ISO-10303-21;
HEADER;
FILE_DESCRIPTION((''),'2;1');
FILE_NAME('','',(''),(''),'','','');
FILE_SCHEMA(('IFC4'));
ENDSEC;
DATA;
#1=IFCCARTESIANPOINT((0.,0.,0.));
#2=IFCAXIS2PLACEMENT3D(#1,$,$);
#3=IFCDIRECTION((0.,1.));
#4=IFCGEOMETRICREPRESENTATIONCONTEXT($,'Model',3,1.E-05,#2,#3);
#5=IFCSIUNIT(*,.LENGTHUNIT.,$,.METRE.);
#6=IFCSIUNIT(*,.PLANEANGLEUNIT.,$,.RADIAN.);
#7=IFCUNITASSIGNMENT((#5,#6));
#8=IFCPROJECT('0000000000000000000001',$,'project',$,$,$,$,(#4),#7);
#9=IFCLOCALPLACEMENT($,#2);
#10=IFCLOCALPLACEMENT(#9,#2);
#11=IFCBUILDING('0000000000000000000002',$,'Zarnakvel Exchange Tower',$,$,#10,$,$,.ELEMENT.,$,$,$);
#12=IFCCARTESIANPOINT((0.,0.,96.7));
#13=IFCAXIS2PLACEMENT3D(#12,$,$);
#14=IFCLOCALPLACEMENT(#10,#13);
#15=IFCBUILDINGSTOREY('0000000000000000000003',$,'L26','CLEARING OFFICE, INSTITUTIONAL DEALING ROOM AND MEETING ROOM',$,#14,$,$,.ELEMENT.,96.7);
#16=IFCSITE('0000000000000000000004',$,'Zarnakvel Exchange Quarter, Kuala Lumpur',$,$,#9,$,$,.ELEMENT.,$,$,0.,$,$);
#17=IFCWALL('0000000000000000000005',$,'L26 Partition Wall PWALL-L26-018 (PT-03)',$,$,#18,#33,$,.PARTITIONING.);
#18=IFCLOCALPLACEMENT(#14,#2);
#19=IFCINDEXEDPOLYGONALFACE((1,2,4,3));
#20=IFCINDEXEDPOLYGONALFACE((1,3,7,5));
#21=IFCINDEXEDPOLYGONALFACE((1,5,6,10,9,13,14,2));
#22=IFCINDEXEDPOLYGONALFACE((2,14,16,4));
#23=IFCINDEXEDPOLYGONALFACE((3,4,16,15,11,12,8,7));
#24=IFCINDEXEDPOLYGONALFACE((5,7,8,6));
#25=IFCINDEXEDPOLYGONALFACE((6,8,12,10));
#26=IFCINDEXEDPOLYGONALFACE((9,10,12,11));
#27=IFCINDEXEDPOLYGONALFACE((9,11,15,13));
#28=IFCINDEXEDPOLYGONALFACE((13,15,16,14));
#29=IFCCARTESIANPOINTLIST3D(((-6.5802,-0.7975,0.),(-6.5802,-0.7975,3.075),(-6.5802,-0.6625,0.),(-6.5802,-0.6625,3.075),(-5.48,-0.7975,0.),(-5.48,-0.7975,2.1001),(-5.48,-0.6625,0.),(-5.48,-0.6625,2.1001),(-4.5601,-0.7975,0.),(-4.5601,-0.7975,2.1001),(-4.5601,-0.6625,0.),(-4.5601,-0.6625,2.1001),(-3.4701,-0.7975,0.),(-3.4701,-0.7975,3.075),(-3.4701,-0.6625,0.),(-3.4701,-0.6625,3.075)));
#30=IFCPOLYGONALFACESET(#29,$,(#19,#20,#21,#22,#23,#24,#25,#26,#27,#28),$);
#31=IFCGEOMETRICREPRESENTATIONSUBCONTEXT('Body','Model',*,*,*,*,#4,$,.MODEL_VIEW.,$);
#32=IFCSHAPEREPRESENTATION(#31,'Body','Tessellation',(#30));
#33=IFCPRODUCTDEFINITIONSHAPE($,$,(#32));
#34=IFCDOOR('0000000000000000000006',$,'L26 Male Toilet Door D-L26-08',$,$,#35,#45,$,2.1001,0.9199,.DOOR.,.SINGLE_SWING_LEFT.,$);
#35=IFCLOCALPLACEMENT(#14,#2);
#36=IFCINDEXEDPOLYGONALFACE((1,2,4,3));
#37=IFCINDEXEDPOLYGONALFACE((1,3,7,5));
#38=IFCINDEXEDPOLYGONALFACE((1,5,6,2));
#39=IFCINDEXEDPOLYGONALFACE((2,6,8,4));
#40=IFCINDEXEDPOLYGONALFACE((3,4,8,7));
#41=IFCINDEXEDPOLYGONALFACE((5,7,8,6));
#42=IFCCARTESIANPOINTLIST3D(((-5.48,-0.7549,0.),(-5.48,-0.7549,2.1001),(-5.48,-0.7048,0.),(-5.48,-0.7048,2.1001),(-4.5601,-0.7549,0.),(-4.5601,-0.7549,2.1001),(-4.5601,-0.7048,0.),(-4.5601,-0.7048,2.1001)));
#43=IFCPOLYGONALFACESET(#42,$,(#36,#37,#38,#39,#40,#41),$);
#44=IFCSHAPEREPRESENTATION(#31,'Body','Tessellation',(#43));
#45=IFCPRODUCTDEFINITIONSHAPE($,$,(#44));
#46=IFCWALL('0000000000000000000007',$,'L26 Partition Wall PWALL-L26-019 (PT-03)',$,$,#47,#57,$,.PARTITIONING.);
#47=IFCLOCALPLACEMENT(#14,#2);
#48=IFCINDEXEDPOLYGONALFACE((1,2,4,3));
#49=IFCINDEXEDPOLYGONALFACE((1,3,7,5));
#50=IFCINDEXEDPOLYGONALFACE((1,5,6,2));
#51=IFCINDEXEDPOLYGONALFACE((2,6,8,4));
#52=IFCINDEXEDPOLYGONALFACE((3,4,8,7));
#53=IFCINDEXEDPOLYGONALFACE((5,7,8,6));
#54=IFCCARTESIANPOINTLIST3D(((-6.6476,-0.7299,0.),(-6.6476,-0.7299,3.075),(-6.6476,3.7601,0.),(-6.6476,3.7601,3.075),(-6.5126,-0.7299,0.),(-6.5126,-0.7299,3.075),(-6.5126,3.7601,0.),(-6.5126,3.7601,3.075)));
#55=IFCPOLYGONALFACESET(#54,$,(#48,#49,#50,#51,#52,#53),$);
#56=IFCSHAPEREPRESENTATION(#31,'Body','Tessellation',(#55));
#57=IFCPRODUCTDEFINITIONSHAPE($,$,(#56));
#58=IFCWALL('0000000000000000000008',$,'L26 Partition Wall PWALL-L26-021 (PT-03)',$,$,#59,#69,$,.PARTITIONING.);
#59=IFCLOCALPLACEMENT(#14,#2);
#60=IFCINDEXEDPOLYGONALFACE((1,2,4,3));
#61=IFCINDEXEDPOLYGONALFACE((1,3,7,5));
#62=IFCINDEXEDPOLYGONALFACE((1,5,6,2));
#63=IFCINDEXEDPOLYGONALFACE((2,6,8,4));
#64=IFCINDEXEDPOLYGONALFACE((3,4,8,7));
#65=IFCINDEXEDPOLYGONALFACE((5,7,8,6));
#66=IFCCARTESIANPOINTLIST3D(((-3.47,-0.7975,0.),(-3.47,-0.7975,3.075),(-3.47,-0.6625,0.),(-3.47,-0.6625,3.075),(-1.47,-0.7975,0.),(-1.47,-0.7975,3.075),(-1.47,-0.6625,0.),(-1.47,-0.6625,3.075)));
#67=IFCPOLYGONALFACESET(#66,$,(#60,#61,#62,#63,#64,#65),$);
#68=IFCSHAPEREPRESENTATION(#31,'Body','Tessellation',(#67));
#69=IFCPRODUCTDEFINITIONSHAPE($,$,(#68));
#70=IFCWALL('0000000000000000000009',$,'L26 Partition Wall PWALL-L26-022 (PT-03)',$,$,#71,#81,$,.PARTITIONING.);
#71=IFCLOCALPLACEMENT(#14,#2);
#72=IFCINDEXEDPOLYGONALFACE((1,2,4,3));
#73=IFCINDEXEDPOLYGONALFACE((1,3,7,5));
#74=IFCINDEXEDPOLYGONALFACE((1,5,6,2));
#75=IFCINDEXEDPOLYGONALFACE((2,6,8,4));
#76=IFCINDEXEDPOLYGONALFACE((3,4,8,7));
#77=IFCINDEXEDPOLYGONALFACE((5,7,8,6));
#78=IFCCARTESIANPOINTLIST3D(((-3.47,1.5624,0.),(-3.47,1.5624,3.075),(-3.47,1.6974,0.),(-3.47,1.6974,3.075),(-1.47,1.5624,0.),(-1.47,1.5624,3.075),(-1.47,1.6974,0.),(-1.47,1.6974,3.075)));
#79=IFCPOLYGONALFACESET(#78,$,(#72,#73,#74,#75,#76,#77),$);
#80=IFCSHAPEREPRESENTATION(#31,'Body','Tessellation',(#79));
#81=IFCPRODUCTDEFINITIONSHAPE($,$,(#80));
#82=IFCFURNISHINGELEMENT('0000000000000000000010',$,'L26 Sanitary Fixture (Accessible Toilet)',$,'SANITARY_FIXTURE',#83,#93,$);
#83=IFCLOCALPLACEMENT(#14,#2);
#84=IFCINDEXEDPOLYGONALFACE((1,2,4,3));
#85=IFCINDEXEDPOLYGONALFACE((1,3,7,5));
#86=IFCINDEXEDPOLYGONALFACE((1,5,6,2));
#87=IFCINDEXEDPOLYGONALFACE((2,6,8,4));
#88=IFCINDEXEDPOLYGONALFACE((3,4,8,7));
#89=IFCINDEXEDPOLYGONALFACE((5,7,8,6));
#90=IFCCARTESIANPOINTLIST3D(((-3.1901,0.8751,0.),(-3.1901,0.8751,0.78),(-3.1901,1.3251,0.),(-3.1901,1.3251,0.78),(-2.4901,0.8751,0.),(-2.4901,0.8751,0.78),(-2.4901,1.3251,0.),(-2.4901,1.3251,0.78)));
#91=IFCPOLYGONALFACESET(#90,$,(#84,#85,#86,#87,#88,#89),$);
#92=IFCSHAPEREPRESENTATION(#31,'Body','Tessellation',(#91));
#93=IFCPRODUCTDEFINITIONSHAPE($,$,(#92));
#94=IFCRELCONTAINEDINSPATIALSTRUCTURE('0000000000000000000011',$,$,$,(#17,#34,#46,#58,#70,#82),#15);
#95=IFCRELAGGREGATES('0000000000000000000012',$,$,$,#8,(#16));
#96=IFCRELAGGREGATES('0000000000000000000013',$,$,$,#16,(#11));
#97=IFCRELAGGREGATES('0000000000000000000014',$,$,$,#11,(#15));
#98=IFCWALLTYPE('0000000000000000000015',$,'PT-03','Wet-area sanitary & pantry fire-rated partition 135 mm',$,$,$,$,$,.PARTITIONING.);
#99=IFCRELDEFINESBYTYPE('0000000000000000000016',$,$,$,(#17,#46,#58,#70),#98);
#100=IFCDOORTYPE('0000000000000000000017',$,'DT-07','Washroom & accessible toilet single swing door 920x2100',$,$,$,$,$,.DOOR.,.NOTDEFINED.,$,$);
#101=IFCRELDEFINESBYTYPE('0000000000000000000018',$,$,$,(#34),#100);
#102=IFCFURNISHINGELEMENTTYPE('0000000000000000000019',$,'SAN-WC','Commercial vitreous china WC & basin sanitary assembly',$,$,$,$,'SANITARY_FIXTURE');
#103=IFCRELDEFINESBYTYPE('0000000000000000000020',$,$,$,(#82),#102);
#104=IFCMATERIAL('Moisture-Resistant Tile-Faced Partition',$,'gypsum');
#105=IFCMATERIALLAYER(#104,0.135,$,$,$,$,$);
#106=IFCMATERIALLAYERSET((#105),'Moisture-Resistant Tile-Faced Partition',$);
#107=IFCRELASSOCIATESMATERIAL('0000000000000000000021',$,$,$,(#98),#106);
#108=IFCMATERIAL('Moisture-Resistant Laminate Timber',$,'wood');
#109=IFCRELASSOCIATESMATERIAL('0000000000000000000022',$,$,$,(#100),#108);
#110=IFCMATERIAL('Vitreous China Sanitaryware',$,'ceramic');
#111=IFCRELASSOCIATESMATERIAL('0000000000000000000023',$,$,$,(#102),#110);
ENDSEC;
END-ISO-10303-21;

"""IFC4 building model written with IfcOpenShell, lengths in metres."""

from ifc_helpers import new_model, si_unit, direction, frame, frame_2d, origin, origin_2d, place, context, subcontext, project, spatial, rectangle, extrude, source, transform, mapped, material, layer, layer_set, type_object, element, fill, save


model = new_model("IFC4")

# Units and contexts
model_context = context("Model", 3, precision=1e-05, world=origin(), true_north=direction((0.0, 1.0)))
body_context = subcontext(model_context, "Body", "Model", "MODEL_VIEW")
ifc_project = project(units=[si_unit("LENGTHUNIT", "METRE"), si_unit("PLANEANGLEUNIT", "RADIAN")], contexts=[model_context])

# Site, building, storey
site_placement = place(None, origin())
site = spatial("IfcSite", under=ifc_project, at=site_placement, Name="Zarnakvel Exchange Quarter, Kuala Lumpur", CompositionType="ELEMENT", RefElevation=0.0)
building_placement = place(site_placement, origin())
building = spatial("IfcBuilding", under=site, at=building_placement, Name="Zarnakvel Exchange Tower", CompositionType="ELEMENT")
storey_placement = place(building_placement, frame((0.0, 0.0, 96.7)))
storey = spatial("IfcBuildingStorey", under=building, at=storey_placement, Name="L26", Description="CLEARING OFFICE, INSTITUTIONAL DEALING ROOM AND MEETING ROOM", CompositionType="ELEMENT", Elevation=96.7)

# Wall, opening, door
ifc_material_1 = material(Name="Moisture-Resistant Tile-Faced Partition", Category="gypsum")
ifc_layer_1 = layer(ifc_material_1, 0.135)
ifc_layer_set_1 = layer_set([ifc_layer_1], Name="Moisture-Resistant Tile-Faced Partition")
wall_type_1 = type_object("IfcWallType", Name="PT-03", Description="Wet-area sanitary & pantry fire-rated partition 135 mm", PredefinedType="PARTITIONING", material=ifc_layer_set_1)
wall_1_placement = place(storey_placement, frame((-3.47, -0.73, 0.0), z_axis=(0.0, 0.0, 1.0), x_axis=(-1.0, 0.0, 0.0)))
wall_1 = element("IfcWall", 1, at=wall_1_placement, inside=storey, type_object=wall_type_1, Name="L26 Partition Wall PWALL-L26-018 (PT-03)", PredefinedType="PARTITIONING", context=body_context, shape_type="SweptSolid", body=[
    extrude(rectangle(XDim=3.1101, YDim=0.135, at=frame_2d((1.5552, 0.0))), origin(), (0.0, 0.0, 1.0), 3.075),
])
opening_1_placement = place(wall_1_placement, frame((1.0901, 0.0, 0.0)))
opening_1 = element("IfcOpeningElement", 2, at=opening_1_placement, cuts=wall_1, PredefinedType="OPENING", context=body_context, shape_type="SweptSolid", body=[
    extrude(rectangle(XDim=0.9199, YDim=2.1001, at=frame_2d((0.46, 1.05))), frame((0.0, 0.0774, 0.0), z_axis=(0.0, -1.0, 0.0), x_axis=(1.0, 0.0, 0.0)), (0.0, 0.0, 1.0), 0.155),
])
ifc_material_2 = material(Name="Moisture-Resistant Laminate Timber", Category="wood")
door_type_1 = type_object("IfcDoorType", Name="DT-07", Description="Washroom & accessible toilet single swing door 920x2100", OperationType="NOTDEFINED", PredefinedType="DOOR", material=ifc_material_2)
shared_shape_1 = source(origin(), body_context, "Body", "SweptSolid", [
    extrude(rectangle(XDim=0.9199, YDim=2.1001, at=frame_2d((0.46, 1.05))), frame((0.0, 0.0249, 0.0), z_axis=(0.0, -1.0, 0.0), x_axis=(1.0, 0.0, 0.0)), (0.0, 0.0, 1.0), 0.05),
])
door_1_placement = place(opening_1_placement, origin())
door_1 = element("IfcDoor", 3, at=door_1_placement, inside=storey, type_object=door_type_1, Name="L26 Male Toilet Door D-L26-08", OperationType="SINGLE_SWING_LEFT", OverallHeight=2.1001, OverallWidth=0.9199, PredefinedType="DOOR", context=body_context, shape_type="MappedRepresentation", body=[
    mapped(shared_shape_1, transform((0.0, 0.0, 0.0), x_axis=(1.0, 0.0, 0.0), y_axis=(0.0, 1.0, 0.0), z_axis=(0.0, 0.0, 1.0), scale=1.0)),
])
fill(opening_1, door_1)

# Walls
wall_2_placement = place(storey_placement, frame((-6.5801, -0.73, 0.0), z_axis=(0.0, 0.0, 1.0), x_axis=(0.0, 1.0, 0.0)))
element("IfcWall", 4, at=wall_2_placement, inside=storey, type_object=wall_type_1, Name="L26 Partition Wall PWALL-L26-019 (PT-03)", PredefinedType="PARTITIONING", context=body_context, shape_type="SweptSolid", body=[
    extrude(rectangle(XDim=4.49, YDim=0.135, at=frame_2d((2.2451, 0.0))), origin(), (0.0, 0.0, 1.0), 3.075),
])
for number, where, z_axis, x_axis, name in (
    (5, (-1.47, -0.73, 0.0), (0.0, 0.0, 1.0), (-1.0, 0.0, 0.0), "L26 Partition Wall PWALL-L26-021 (PT-03)"),
    (6, (-3.47, 1.6299, 0.0), (0.0, 0.0, 1.0), (1.0, 0.0, 0.0), "L26 Partition Wall PWALL-L26-022 (PT-03)"),
):
    element("IfcWall", number, at=place(storey_placement, frame(where, z_axis=z_axis, x_axis=x_axis)), inside=storey, type_object=wall_type_1, Name=name, PredefinedType="PARTITIONING", context=body_context, shape_type="SweptSolid", body=[
        extrude(rectangle(XDim=2.0, YDim=0.135, at=frame_2d((1.0, 0.0))), origin(), (0.0, 0.0, 1.0), 3.075),
    ])

# Furnishing element
ifc_material_3 = material(Name="Vitreous China Sanitaryware", Category="ceramic")
furnishing_element_type = type_object("IfcFurnishingElementType", Name="SAN-WC", Description="Commercial vitreous china WC & basin sanitary assembly", ElementType="SANITARY_FIXTURE", material=ifc_material_3)
shared_shape_2 = source(origin(), body_context, "Body", "SweptSolid", [
    extrude(rectangle(XDim=0.7, YDim=0.45, at=origin_2d()), origin(), (0.0, 0.0, 1.0), 0.78),
])
furnishing_placement = place(storey_placement, frame((-2.8401, 1.1001, 0.0), z_axis=(0.0, 0.0, 1.0), x_axis=(1.0, 0.0, 0.0)))
element("IfcFurnishingElement", 7, at=furnishing_placement, inside=storey, type_object=furnishing_element_type, Name="L26 Sanitary Fixture (Accessible Toilet)", ObjectType="SANITARY_FIXTURE", context=body_context, shape_type="MappedRepresentation", body=[
    mapped(shared_shape_2, transform((0.0, 0.0, 0.0), x_axis=(1.0, 0.0, 0.0), y_axis=(0.0, 1.0, 0.0), z_axis=(0.0, 0.0, 1.0), scale=1.0)),
])

save(model, "model.ifc")
